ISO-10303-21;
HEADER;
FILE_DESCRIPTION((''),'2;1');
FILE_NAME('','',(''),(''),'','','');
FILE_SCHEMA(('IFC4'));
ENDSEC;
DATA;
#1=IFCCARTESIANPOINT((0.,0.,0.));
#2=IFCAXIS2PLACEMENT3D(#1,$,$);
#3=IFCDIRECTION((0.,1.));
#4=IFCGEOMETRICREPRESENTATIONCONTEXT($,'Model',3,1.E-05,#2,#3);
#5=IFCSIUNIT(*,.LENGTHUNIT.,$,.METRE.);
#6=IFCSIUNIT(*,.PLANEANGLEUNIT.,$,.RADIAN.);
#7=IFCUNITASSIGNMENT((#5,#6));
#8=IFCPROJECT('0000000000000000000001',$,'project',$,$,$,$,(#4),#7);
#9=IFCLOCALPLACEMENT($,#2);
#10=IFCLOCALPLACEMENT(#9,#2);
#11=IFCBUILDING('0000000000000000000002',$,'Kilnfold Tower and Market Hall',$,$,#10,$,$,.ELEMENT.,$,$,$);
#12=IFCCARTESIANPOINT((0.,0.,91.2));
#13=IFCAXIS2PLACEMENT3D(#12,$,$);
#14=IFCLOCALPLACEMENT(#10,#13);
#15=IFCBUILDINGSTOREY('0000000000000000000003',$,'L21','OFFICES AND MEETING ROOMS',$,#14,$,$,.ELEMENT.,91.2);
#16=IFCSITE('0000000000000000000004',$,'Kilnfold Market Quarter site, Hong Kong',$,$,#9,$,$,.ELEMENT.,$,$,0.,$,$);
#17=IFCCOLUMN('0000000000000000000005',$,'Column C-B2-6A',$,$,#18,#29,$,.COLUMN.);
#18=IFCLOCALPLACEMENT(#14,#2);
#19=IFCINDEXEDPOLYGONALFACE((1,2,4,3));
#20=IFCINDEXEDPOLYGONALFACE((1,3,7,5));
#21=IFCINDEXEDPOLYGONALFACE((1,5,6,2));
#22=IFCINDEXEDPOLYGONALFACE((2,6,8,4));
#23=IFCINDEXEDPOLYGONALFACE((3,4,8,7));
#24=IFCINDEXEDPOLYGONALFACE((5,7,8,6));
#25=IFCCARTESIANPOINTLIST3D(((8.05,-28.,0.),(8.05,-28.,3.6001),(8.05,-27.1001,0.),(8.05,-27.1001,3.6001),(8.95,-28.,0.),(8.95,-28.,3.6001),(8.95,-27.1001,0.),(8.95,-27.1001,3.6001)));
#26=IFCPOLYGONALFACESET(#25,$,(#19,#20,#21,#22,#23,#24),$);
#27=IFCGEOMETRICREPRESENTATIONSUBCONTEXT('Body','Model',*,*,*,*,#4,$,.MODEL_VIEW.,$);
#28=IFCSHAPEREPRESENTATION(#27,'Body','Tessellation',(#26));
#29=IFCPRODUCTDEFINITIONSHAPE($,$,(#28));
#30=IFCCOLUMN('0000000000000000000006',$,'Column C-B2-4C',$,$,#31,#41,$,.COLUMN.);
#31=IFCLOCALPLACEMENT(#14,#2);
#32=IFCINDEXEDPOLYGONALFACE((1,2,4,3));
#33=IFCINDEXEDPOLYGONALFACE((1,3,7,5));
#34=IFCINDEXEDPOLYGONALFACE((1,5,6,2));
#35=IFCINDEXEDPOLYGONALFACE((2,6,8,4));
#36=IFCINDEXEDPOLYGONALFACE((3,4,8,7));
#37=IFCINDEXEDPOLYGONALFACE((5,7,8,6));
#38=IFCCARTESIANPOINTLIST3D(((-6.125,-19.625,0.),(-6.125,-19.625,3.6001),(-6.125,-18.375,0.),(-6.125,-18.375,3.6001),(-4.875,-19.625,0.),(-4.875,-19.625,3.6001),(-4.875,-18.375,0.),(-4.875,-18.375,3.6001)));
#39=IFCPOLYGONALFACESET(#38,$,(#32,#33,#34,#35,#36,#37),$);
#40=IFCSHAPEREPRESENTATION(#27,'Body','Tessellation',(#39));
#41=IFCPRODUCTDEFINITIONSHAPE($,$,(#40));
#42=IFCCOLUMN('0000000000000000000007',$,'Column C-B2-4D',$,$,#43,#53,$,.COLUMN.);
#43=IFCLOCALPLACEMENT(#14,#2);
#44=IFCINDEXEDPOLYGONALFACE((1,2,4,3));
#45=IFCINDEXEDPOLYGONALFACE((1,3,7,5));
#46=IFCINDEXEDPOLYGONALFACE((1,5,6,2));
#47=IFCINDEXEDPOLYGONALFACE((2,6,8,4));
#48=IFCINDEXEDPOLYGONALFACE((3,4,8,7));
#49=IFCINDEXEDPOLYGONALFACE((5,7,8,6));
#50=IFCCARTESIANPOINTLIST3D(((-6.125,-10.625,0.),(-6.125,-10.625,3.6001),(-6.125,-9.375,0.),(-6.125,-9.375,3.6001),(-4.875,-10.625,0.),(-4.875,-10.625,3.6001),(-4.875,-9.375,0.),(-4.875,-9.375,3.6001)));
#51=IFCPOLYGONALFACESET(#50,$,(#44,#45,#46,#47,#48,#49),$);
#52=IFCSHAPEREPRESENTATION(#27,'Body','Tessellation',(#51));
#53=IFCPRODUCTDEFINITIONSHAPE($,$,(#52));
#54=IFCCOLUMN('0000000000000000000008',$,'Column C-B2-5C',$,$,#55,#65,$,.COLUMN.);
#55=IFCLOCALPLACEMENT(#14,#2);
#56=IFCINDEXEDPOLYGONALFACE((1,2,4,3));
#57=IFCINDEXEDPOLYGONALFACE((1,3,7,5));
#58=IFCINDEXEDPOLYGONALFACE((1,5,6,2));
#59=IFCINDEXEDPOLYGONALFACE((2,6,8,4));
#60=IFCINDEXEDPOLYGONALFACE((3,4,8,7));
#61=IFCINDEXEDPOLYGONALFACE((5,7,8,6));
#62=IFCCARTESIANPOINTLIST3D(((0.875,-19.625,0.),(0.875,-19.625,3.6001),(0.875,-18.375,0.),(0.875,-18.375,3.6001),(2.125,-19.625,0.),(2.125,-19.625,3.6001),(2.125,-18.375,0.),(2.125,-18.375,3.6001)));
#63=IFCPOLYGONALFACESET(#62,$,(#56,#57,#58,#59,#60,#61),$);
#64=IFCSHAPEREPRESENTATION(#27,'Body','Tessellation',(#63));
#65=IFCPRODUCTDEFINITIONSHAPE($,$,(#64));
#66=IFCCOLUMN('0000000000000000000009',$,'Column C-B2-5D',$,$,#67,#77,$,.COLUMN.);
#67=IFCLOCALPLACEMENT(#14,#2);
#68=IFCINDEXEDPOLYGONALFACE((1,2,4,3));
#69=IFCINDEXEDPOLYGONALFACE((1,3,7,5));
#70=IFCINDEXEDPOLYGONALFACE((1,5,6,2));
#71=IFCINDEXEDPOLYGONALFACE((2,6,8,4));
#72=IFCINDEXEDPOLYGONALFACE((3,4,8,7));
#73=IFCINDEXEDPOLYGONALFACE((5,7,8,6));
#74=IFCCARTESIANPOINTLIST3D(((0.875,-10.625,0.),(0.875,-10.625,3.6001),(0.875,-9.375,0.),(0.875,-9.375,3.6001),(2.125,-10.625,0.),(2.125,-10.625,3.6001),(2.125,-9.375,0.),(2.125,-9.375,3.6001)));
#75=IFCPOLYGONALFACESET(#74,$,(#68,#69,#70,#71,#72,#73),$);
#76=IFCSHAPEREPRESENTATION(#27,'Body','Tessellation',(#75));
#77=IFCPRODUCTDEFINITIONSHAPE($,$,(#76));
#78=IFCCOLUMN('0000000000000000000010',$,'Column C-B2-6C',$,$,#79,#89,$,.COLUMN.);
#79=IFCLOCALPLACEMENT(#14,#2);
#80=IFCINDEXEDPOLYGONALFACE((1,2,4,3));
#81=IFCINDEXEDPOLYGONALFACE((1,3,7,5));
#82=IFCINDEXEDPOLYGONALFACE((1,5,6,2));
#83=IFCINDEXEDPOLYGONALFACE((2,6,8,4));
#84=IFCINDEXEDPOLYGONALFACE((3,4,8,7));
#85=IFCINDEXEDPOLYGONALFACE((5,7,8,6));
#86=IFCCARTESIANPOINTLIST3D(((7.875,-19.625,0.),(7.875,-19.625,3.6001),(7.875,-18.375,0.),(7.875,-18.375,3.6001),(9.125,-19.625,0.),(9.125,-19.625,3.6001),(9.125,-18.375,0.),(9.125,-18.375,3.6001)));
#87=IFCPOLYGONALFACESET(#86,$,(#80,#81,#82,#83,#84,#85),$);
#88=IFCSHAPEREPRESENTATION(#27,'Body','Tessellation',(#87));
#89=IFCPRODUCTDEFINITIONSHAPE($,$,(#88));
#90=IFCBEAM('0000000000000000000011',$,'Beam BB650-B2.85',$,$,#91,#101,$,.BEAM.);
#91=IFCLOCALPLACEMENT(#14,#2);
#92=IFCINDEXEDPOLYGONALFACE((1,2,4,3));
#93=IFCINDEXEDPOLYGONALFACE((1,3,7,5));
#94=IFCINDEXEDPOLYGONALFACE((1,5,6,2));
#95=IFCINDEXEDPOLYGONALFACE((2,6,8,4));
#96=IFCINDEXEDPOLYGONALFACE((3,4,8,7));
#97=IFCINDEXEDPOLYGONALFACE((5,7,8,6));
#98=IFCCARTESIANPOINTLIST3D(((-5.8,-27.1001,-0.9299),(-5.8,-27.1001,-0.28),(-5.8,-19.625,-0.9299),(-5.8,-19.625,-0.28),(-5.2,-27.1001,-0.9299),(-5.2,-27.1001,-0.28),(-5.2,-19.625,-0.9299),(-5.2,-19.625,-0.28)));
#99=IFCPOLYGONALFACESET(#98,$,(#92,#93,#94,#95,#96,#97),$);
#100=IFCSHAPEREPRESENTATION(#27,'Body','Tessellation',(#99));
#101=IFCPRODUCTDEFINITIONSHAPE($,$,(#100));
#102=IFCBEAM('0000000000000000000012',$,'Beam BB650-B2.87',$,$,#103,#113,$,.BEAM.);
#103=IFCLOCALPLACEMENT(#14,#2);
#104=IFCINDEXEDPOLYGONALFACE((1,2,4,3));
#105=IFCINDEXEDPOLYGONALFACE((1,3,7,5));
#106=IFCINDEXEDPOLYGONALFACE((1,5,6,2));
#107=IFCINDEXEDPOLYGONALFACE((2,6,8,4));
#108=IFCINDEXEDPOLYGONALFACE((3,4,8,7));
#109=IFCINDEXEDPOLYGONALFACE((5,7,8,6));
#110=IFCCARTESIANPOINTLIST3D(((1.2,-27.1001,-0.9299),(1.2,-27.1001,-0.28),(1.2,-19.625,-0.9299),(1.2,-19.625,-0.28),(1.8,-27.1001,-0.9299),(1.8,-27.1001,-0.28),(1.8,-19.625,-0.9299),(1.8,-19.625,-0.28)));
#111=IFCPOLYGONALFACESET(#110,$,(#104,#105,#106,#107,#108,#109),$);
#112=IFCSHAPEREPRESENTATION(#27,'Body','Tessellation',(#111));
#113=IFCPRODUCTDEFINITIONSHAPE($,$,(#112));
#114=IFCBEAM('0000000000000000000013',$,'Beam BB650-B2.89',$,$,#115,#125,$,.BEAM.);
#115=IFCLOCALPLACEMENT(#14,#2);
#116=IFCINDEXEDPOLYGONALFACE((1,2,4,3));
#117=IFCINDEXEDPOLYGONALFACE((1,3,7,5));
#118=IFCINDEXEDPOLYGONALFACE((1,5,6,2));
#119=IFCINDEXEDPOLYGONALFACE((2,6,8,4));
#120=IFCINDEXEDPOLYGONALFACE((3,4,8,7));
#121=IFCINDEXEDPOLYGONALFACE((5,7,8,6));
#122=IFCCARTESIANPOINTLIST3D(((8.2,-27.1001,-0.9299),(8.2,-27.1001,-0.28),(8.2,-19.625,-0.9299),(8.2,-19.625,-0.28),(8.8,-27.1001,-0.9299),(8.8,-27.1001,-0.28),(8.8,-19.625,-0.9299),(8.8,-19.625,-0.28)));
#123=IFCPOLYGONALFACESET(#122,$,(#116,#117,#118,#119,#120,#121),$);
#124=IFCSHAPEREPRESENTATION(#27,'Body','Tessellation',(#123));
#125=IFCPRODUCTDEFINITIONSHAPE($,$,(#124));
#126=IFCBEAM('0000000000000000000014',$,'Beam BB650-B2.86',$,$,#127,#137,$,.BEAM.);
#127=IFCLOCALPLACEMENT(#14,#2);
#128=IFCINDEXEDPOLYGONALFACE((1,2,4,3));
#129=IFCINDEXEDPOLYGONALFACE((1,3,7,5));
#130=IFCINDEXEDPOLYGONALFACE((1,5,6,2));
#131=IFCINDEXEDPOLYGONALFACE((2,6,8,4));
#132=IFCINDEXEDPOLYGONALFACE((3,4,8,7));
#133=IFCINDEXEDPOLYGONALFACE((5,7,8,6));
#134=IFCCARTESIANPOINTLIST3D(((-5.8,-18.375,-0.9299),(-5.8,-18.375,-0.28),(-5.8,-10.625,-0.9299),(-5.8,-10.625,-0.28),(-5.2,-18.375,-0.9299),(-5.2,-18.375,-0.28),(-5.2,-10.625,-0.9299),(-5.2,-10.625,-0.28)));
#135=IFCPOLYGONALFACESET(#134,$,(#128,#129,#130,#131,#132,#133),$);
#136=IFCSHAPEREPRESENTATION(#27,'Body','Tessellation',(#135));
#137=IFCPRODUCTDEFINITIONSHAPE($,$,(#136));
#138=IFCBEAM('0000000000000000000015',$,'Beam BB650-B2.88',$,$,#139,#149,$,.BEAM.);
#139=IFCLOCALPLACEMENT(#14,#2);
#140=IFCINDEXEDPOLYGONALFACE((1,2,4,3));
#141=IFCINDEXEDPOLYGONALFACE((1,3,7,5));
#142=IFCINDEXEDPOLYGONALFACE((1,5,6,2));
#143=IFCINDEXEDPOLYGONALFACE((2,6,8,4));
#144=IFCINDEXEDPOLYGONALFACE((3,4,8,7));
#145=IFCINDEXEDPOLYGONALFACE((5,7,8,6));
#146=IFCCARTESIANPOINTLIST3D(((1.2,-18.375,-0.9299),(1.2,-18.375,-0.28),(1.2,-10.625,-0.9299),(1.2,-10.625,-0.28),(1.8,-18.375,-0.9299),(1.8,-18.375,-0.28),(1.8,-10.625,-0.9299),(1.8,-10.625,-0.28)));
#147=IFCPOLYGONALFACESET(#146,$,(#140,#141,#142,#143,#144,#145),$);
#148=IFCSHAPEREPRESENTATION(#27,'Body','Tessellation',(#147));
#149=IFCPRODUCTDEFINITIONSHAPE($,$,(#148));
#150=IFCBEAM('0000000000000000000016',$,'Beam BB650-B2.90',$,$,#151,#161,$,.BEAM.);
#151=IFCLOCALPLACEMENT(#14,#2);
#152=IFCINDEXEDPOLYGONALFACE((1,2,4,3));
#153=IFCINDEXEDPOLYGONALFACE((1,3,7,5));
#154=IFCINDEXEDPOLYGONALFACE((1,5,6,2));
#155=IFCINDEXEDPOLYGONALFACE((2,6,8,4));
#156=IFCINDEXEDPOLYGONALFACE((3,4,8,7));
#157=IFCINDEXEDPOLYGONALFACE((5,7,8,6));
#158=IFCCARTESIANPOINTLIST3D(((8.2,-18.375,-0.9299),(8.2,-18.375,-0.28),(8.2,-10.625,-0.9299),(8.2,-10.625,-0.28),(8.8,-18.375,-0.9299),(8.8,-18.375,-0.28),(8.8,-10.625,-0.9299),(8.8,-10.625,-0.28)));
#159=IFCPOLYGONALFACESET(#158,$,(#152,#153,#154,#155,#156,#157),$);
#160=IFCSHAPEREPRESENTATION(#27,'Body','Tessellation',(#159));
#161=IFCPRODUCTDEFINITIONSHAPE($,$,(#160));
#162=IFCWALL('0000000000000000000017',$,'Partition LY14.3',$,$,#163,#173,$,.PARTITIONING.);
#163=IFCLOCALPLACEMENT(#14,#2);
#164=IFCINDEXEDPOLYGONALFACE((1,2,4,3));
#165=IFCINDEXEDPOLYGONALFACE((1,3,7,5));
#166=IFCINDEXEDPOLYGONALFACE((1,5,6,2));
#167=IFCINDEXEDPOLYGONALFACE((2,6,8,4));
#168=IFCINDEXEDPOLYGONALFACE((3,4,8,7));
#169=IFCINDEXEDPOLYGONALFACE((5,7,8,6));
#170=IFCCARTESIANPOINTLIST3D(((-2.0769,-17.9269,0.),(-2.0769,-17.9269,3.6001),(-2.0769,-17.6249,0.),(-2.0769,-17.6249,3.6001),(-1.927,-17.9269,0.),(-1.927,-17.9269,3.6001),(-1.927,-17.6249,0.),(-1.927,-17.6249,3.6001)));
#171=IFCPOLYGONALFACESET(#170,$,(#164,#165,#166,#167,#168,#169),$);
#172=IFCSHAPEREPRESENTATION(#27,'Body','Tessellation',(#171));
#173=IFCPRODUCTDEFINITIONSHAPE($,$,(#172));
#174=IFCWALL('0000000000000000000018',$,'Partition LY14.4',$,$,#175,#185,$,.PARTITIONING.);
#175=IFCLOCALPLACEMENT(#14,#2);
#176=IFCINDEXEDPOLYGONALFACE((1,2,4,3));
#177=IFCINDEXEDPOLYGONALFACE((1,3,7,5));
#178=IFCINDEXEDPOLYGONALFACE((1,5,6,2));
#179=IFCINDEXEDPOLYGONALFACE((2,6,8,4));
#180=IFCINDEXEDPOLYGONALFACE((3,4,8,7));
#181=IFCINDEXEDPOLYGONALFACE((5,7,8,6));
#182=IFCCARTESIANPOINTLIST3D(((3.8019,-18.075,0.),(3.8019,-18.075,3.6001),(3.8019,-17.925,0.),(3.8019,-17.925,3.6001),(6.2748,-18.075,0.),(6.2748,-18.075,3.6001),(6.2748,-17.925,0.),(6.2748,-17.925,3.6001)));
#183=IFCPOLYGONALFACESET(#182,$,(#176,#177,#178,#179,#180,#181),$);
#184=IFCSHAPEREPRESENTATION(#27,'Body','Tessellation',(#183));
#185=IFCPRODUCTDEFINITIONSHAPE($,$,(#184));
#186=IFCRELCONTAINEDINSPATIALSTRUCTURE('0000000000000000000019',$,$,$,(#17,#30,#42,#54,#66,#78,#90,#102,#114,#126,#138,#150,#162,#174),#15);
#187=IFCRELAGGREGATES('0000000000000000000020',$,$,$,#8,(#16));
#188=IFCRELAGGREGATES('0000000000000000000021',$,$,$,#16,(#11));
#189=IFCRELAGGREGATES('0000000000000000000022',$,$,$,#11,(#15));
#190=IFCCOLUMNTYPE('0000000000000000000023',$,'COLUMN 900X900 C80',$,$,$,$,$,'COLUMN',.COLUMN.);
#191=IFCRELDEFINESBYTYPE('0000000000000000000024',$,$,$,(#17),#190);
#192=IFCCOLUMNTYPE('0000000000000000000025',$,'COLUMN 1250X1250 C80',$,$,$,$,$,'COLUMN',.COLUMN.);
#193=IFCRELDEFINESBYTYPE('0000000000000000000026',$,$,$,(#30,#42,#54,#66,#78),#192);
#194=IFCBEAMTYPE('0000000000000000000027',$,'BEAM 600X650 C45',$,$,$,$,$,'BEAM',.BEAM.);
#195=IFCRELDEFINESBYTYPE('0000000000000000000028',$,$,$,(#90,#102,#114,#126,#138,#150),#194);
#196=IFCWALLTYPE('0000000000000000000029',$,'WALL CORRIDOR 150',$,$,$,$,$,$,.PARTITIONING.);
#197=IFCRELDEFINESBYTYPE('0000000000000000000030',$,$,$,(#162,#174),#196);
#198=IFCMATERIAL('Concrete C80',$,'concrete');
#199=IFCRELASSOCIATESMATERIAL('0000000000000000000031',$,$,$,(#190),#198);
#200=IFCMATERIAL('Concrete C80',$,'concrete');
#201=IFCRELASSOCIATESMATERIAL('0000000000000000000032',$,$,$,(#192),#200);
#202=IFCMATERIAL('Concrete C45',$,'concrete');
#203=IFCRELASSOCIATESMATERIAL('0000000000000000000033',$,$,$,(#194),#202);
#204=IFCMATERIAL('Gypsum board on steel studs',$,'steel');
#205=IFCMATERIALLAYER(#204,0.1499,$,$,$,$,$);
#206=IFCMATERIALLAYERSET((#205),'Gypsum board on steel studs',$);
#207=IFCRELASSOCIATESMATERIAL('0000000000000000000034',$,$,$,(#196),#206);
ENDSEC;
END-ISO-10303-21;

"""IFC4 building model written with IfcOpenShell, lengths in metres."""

from ifc_helpers import new_model, si_unit, direction, frame, frame_2d, origin, origin_2d, place, context, subcontext, project, spatial, rectangle, extrude, source, transform, mapped, material, layer, layer_set, material_profile, profile_set, type_object, element, save


model = new_model("IFC4")

# Units and contexts
model_context = context("Model", 3, precision=1e-05, world=origin(), true_north=direction((0.0, 1.0)))
body_context = subcontext(model_context, "Body", "Model", "MODEL_VIEW")
ifc_project = project(units=[si_unit("LENGTHUNIT", "METRE"), si_unit("PLANEANGLEUNIT", "RADIAN")], contexts=[model_context])

# Site, building, storey
site_placement = place(None, origin())
site = spatial("IfcSite", under=ifc_project, at=site_placement, Name="Kilnfold Market Quarter site, Hong Kong", CompositionType="ELEMENT", RefElevation=0.0)
building_placement = place(site_placement, origin())
building = spatial("IfcBuilding", under=site, at=building_placement, Name="Kilnfold Tower and Market Hall", CompositionType="ELEMENT")
storey_placement = place(building_placement, frame((0.0, 0.0, 91.2)))
storey = spatial("IfcBuildingStorey", under=building, at=storey_placement, Name="L21", Description="OFFICES AND MEETING ROOMS", CompositionType="ELEMENT", Elevation=91.2)

# Columns
ifc_material_1 = material(Name="Concrete C80", Category="concrete")
ifc_material_profile_1 = material_profile(ifc_material_1, rectangle(XDim=0.8999, YDim=0.8999, at=origin_2d()), Name="RC 900x900")
ifc_profile_set_1 = profile_set([ifc_material_profile_1], Name="Concrete C80")
column_type_1 = type_object("IfcColumnType", Name="COLUMN 900X900 C80", ElementType="COLUMN", PredefinedType="COLUMN", material=ifc_profile_set_1)
shared_shape_1 = source(origin(), body_context, "Body", "SweptSolid", [
    extrude(rectangle(XDim=0.8999, YDim=0.8999, at=origin_2d()), origin(), (0.0, 0.0, 1.0), 3.6001),
])
column_placement = place(storey_placement, frame((8.5, -27.55, 0.0), z_axis=(0.0, 0.0, 1.0), x_axis=(1.0, 0.0, 0.0)))
element("IfcColumn", 1, at=column_placement, inside=storey, type_object=column_type_1, Name="Column C-B2-6A", PredefinedType="COLUMN", context=body_context, shape_type="MappedRepresentation", body=[
    mapped(shared_shape_1, transform((0.0, 0.0, 0.0))),
])
ifc_material_2 = material(Name="Concrete C80", Category="concrete")
ifc_material_profile_2 = material_profile(ifc_material_2, rectangle(XDim=1.25, YDim=1.25, at=origin_2d()), Name="RC 1250x1250")
ifc_profile_set_2 = profile_set([ifc_material_profile_2], Name="Concrete C80")
column_type_2 = type_object("IfcColumnType", Name="COLUMN 1250X1250 C80", ElementType="COLUMN", PredefinedType="COLUMN", material=ifc_profile_set_2)
shared_shape_2 = source(origin(), body_context, "Body", "SweptSolid", [
    extrude(rectangle(XDim=1.25, YDim=1.25, at=origin_2d()), origin(), (0.0, 0.0, 1.0), 3.6001),
])
for number, where, z_axis, x_axis, name in (
    (2, (-5.5, -19.0, 0.0), (0.0, 0.0, 1.0), (1.0, 0.0, 0.0), "Column C-B2-4C"),
    (3, (-5.5, -10.0, 0.0), (0.0, 0.0, 1.0), (1.0, 0.0, 0.0), "Column C-B2-4D"),
    (4, (1.5, -19.0, 0.0), (0.0, 0.0, 1.0), (1.0, 0.0, 0.0), "Column C-B2-5C"),
    (5, (1.5, -10.0, 0.0), (0.0, 0.0, 1.0), (1.0, 0.0, 0.0), "Column C-B2-5D"),
    (6, (8.5, -19.0, 0.0), (0.0, 0.0, 1.0), (1.0, 0.0, 0.0), "Column C-B2-6C"),
):
    element("IfcColumn", number, at=place(storey_placement, frame(where, z_axis=z_axis, x_axis=x_axis)), inside=storey, type_object=column_type_2, Name=name, PredefinedType="COLUMN", context=body_context, shape_type="MappedRepresentation", body=[
        mapped(shared_shape_2, transform((0.0, 0.0, 0.0))),
    ])

# Beams
ifc_material_3 = material(Name="Concrete C45", Category="concrete")
ifc_material_profile_3 = material_profile(ifc_material_3, rectangle(XDim=0.6001, YDim=0.6499, at=origin_2d()), Name="RC 600x650")
ifc_profile_set_3 = profile_set([ifc_material_profile_3], Name="Concrete C45")
beam_type = type_object("IfcBeamType", Name="BEAM 600X650 C45", ElementType="BEAM", PredefinedType="BEAM", material=ifc_profile_set_3)
shared_shape_3 = source(origin(), body_context, "Body", "SweptSolid", [
    extrude(rectangle(XDim=0.6001, YDim=0.6499, at=origin_2d()), origin(), (0.0, 0.0, 1.0), 7.4751),
])
for number, where, z_axis, x_axis, name in (
    (7, (-5.5, -27.1001, -0.605), (0.0, 1.0, 0.0), (-1.0, 0.0, 0.0), "Beam BB650-B2.85"),
    (8, (1.5, -27.1001, -0.605), (0.0, 1.0, 0.0), (-1.0, 0.0, 0.0), "Beam BB650-B2.87"),
    (9, (8.5, -27.1001, -0.605), (0.0, 1.0, 0.0), (-1.0, 0.0, 0.0), "Beam BB650-B2.89"),
):
    element("IfcBeam", number, at=place(storey_placement, frame(where, z_axis=z_axis, x_axis=x_axis)), inside=storey, type_object=beam_type, Name=name, PredefinedType="BEAM", context=body_context, shape_type="MappedRepresentation", body=[
        mapped(shared_shape_3, transform((0.0, 0.0, 0.0))),
    ])
shared_shape_4 = source(origin(), body_context, "Body", "SweptSolid", [
    extrude(rectangle(XDim=0.6001, YDim=0.6499, at=origin_2d()), origin(), (0.0, 0.0, 1.0), 7.75),
])
for number, where, z_axis, x_axis, name in (
    (10, (-5.5, -18.375, -0.605), (0.0, 1.0, 0.0), (-1.0, 0.0, 0.0), "Beam BB650-B2.86"),
    (11, (1.5, -18.375, -0.605), (0.0, 1.0, 0.0), (-1.0, 0.0, 0.0), "Beam BB650-B2.88"),
    (12, (8.5, -18.375, -0.605), (0.0, 1.0, 0.0), (-1.0, 0.0, 0.0), "Beam BB650-B2.90"),
):
    element("IfcBeam", number, at=place(storey_placement, frame(where, z_axis=z_axis, x_axis=x_axis)), inside=storey, type_object=beam_type, Name=name, PredefinedType="BEAM", context=body_context, shape_type="MappedRepresentation", body=[
        mapped(shared_shape_4, transform((0.0, 0.0, 0.0))),
    ])

# Walls
ifc_material_4 = material(Name="Gypsum board on steel studs", Category="steel")
ifc_layer_1 = layer(ifc_material_4, 0.1499)
ifc_layer_set_1 = layer_set([ifc_layer_1], Name="Gypsum board on steel studs")
wall_type_1 = type_object("IfcWallType", Name="WALL CORRIDOR 150", PredefinedType="PARTITIONING", material=ifc_layer_set_1)
wall_1_placement = place(storey_placement, frame((-2.002, -17.625, 0.0), z_axis=(0.0, 0.0, 1.0), x_axis=(0.0, -1.0, 0.0)))
element("IfcWall", 13, at=wall_1_placement, inside=storey, type_object=wall_type_1, Name="Partition LY14.3", PredefinedType="PARTITIONING", context=body_context, shape_type="SweptSolid", body=[
    extrude(rectangle(XDim=0.302, YDim=0.1499, at=frame_2d((0.1509, 0.0))), origin(), (0.0, 0.0, 1.0), 3.6001),
])
wall_2_placement = place(storey_placement, frame((3.802, -18.0, 0.0), z_axis=(0.0, 0.0, 1.0), x_axis=(1.0, 0.0, 0.0)))
element("IfcWall", 14, at=wall_2_placement, inside=storey, type_object=wall_type_1, Name="Partition LY14.4", PredefinedType="PARTITIONING", context=body_context, shape_type="SweptSolid", body=[
    extrude(rectangle(XDim=2.4729, YDim=0.1499, at=frame_2d((1.2363, 0.0))), origin(), (0.0, 0.0, 1.0), 3.6001),
])

save(model, "model.ifc")
